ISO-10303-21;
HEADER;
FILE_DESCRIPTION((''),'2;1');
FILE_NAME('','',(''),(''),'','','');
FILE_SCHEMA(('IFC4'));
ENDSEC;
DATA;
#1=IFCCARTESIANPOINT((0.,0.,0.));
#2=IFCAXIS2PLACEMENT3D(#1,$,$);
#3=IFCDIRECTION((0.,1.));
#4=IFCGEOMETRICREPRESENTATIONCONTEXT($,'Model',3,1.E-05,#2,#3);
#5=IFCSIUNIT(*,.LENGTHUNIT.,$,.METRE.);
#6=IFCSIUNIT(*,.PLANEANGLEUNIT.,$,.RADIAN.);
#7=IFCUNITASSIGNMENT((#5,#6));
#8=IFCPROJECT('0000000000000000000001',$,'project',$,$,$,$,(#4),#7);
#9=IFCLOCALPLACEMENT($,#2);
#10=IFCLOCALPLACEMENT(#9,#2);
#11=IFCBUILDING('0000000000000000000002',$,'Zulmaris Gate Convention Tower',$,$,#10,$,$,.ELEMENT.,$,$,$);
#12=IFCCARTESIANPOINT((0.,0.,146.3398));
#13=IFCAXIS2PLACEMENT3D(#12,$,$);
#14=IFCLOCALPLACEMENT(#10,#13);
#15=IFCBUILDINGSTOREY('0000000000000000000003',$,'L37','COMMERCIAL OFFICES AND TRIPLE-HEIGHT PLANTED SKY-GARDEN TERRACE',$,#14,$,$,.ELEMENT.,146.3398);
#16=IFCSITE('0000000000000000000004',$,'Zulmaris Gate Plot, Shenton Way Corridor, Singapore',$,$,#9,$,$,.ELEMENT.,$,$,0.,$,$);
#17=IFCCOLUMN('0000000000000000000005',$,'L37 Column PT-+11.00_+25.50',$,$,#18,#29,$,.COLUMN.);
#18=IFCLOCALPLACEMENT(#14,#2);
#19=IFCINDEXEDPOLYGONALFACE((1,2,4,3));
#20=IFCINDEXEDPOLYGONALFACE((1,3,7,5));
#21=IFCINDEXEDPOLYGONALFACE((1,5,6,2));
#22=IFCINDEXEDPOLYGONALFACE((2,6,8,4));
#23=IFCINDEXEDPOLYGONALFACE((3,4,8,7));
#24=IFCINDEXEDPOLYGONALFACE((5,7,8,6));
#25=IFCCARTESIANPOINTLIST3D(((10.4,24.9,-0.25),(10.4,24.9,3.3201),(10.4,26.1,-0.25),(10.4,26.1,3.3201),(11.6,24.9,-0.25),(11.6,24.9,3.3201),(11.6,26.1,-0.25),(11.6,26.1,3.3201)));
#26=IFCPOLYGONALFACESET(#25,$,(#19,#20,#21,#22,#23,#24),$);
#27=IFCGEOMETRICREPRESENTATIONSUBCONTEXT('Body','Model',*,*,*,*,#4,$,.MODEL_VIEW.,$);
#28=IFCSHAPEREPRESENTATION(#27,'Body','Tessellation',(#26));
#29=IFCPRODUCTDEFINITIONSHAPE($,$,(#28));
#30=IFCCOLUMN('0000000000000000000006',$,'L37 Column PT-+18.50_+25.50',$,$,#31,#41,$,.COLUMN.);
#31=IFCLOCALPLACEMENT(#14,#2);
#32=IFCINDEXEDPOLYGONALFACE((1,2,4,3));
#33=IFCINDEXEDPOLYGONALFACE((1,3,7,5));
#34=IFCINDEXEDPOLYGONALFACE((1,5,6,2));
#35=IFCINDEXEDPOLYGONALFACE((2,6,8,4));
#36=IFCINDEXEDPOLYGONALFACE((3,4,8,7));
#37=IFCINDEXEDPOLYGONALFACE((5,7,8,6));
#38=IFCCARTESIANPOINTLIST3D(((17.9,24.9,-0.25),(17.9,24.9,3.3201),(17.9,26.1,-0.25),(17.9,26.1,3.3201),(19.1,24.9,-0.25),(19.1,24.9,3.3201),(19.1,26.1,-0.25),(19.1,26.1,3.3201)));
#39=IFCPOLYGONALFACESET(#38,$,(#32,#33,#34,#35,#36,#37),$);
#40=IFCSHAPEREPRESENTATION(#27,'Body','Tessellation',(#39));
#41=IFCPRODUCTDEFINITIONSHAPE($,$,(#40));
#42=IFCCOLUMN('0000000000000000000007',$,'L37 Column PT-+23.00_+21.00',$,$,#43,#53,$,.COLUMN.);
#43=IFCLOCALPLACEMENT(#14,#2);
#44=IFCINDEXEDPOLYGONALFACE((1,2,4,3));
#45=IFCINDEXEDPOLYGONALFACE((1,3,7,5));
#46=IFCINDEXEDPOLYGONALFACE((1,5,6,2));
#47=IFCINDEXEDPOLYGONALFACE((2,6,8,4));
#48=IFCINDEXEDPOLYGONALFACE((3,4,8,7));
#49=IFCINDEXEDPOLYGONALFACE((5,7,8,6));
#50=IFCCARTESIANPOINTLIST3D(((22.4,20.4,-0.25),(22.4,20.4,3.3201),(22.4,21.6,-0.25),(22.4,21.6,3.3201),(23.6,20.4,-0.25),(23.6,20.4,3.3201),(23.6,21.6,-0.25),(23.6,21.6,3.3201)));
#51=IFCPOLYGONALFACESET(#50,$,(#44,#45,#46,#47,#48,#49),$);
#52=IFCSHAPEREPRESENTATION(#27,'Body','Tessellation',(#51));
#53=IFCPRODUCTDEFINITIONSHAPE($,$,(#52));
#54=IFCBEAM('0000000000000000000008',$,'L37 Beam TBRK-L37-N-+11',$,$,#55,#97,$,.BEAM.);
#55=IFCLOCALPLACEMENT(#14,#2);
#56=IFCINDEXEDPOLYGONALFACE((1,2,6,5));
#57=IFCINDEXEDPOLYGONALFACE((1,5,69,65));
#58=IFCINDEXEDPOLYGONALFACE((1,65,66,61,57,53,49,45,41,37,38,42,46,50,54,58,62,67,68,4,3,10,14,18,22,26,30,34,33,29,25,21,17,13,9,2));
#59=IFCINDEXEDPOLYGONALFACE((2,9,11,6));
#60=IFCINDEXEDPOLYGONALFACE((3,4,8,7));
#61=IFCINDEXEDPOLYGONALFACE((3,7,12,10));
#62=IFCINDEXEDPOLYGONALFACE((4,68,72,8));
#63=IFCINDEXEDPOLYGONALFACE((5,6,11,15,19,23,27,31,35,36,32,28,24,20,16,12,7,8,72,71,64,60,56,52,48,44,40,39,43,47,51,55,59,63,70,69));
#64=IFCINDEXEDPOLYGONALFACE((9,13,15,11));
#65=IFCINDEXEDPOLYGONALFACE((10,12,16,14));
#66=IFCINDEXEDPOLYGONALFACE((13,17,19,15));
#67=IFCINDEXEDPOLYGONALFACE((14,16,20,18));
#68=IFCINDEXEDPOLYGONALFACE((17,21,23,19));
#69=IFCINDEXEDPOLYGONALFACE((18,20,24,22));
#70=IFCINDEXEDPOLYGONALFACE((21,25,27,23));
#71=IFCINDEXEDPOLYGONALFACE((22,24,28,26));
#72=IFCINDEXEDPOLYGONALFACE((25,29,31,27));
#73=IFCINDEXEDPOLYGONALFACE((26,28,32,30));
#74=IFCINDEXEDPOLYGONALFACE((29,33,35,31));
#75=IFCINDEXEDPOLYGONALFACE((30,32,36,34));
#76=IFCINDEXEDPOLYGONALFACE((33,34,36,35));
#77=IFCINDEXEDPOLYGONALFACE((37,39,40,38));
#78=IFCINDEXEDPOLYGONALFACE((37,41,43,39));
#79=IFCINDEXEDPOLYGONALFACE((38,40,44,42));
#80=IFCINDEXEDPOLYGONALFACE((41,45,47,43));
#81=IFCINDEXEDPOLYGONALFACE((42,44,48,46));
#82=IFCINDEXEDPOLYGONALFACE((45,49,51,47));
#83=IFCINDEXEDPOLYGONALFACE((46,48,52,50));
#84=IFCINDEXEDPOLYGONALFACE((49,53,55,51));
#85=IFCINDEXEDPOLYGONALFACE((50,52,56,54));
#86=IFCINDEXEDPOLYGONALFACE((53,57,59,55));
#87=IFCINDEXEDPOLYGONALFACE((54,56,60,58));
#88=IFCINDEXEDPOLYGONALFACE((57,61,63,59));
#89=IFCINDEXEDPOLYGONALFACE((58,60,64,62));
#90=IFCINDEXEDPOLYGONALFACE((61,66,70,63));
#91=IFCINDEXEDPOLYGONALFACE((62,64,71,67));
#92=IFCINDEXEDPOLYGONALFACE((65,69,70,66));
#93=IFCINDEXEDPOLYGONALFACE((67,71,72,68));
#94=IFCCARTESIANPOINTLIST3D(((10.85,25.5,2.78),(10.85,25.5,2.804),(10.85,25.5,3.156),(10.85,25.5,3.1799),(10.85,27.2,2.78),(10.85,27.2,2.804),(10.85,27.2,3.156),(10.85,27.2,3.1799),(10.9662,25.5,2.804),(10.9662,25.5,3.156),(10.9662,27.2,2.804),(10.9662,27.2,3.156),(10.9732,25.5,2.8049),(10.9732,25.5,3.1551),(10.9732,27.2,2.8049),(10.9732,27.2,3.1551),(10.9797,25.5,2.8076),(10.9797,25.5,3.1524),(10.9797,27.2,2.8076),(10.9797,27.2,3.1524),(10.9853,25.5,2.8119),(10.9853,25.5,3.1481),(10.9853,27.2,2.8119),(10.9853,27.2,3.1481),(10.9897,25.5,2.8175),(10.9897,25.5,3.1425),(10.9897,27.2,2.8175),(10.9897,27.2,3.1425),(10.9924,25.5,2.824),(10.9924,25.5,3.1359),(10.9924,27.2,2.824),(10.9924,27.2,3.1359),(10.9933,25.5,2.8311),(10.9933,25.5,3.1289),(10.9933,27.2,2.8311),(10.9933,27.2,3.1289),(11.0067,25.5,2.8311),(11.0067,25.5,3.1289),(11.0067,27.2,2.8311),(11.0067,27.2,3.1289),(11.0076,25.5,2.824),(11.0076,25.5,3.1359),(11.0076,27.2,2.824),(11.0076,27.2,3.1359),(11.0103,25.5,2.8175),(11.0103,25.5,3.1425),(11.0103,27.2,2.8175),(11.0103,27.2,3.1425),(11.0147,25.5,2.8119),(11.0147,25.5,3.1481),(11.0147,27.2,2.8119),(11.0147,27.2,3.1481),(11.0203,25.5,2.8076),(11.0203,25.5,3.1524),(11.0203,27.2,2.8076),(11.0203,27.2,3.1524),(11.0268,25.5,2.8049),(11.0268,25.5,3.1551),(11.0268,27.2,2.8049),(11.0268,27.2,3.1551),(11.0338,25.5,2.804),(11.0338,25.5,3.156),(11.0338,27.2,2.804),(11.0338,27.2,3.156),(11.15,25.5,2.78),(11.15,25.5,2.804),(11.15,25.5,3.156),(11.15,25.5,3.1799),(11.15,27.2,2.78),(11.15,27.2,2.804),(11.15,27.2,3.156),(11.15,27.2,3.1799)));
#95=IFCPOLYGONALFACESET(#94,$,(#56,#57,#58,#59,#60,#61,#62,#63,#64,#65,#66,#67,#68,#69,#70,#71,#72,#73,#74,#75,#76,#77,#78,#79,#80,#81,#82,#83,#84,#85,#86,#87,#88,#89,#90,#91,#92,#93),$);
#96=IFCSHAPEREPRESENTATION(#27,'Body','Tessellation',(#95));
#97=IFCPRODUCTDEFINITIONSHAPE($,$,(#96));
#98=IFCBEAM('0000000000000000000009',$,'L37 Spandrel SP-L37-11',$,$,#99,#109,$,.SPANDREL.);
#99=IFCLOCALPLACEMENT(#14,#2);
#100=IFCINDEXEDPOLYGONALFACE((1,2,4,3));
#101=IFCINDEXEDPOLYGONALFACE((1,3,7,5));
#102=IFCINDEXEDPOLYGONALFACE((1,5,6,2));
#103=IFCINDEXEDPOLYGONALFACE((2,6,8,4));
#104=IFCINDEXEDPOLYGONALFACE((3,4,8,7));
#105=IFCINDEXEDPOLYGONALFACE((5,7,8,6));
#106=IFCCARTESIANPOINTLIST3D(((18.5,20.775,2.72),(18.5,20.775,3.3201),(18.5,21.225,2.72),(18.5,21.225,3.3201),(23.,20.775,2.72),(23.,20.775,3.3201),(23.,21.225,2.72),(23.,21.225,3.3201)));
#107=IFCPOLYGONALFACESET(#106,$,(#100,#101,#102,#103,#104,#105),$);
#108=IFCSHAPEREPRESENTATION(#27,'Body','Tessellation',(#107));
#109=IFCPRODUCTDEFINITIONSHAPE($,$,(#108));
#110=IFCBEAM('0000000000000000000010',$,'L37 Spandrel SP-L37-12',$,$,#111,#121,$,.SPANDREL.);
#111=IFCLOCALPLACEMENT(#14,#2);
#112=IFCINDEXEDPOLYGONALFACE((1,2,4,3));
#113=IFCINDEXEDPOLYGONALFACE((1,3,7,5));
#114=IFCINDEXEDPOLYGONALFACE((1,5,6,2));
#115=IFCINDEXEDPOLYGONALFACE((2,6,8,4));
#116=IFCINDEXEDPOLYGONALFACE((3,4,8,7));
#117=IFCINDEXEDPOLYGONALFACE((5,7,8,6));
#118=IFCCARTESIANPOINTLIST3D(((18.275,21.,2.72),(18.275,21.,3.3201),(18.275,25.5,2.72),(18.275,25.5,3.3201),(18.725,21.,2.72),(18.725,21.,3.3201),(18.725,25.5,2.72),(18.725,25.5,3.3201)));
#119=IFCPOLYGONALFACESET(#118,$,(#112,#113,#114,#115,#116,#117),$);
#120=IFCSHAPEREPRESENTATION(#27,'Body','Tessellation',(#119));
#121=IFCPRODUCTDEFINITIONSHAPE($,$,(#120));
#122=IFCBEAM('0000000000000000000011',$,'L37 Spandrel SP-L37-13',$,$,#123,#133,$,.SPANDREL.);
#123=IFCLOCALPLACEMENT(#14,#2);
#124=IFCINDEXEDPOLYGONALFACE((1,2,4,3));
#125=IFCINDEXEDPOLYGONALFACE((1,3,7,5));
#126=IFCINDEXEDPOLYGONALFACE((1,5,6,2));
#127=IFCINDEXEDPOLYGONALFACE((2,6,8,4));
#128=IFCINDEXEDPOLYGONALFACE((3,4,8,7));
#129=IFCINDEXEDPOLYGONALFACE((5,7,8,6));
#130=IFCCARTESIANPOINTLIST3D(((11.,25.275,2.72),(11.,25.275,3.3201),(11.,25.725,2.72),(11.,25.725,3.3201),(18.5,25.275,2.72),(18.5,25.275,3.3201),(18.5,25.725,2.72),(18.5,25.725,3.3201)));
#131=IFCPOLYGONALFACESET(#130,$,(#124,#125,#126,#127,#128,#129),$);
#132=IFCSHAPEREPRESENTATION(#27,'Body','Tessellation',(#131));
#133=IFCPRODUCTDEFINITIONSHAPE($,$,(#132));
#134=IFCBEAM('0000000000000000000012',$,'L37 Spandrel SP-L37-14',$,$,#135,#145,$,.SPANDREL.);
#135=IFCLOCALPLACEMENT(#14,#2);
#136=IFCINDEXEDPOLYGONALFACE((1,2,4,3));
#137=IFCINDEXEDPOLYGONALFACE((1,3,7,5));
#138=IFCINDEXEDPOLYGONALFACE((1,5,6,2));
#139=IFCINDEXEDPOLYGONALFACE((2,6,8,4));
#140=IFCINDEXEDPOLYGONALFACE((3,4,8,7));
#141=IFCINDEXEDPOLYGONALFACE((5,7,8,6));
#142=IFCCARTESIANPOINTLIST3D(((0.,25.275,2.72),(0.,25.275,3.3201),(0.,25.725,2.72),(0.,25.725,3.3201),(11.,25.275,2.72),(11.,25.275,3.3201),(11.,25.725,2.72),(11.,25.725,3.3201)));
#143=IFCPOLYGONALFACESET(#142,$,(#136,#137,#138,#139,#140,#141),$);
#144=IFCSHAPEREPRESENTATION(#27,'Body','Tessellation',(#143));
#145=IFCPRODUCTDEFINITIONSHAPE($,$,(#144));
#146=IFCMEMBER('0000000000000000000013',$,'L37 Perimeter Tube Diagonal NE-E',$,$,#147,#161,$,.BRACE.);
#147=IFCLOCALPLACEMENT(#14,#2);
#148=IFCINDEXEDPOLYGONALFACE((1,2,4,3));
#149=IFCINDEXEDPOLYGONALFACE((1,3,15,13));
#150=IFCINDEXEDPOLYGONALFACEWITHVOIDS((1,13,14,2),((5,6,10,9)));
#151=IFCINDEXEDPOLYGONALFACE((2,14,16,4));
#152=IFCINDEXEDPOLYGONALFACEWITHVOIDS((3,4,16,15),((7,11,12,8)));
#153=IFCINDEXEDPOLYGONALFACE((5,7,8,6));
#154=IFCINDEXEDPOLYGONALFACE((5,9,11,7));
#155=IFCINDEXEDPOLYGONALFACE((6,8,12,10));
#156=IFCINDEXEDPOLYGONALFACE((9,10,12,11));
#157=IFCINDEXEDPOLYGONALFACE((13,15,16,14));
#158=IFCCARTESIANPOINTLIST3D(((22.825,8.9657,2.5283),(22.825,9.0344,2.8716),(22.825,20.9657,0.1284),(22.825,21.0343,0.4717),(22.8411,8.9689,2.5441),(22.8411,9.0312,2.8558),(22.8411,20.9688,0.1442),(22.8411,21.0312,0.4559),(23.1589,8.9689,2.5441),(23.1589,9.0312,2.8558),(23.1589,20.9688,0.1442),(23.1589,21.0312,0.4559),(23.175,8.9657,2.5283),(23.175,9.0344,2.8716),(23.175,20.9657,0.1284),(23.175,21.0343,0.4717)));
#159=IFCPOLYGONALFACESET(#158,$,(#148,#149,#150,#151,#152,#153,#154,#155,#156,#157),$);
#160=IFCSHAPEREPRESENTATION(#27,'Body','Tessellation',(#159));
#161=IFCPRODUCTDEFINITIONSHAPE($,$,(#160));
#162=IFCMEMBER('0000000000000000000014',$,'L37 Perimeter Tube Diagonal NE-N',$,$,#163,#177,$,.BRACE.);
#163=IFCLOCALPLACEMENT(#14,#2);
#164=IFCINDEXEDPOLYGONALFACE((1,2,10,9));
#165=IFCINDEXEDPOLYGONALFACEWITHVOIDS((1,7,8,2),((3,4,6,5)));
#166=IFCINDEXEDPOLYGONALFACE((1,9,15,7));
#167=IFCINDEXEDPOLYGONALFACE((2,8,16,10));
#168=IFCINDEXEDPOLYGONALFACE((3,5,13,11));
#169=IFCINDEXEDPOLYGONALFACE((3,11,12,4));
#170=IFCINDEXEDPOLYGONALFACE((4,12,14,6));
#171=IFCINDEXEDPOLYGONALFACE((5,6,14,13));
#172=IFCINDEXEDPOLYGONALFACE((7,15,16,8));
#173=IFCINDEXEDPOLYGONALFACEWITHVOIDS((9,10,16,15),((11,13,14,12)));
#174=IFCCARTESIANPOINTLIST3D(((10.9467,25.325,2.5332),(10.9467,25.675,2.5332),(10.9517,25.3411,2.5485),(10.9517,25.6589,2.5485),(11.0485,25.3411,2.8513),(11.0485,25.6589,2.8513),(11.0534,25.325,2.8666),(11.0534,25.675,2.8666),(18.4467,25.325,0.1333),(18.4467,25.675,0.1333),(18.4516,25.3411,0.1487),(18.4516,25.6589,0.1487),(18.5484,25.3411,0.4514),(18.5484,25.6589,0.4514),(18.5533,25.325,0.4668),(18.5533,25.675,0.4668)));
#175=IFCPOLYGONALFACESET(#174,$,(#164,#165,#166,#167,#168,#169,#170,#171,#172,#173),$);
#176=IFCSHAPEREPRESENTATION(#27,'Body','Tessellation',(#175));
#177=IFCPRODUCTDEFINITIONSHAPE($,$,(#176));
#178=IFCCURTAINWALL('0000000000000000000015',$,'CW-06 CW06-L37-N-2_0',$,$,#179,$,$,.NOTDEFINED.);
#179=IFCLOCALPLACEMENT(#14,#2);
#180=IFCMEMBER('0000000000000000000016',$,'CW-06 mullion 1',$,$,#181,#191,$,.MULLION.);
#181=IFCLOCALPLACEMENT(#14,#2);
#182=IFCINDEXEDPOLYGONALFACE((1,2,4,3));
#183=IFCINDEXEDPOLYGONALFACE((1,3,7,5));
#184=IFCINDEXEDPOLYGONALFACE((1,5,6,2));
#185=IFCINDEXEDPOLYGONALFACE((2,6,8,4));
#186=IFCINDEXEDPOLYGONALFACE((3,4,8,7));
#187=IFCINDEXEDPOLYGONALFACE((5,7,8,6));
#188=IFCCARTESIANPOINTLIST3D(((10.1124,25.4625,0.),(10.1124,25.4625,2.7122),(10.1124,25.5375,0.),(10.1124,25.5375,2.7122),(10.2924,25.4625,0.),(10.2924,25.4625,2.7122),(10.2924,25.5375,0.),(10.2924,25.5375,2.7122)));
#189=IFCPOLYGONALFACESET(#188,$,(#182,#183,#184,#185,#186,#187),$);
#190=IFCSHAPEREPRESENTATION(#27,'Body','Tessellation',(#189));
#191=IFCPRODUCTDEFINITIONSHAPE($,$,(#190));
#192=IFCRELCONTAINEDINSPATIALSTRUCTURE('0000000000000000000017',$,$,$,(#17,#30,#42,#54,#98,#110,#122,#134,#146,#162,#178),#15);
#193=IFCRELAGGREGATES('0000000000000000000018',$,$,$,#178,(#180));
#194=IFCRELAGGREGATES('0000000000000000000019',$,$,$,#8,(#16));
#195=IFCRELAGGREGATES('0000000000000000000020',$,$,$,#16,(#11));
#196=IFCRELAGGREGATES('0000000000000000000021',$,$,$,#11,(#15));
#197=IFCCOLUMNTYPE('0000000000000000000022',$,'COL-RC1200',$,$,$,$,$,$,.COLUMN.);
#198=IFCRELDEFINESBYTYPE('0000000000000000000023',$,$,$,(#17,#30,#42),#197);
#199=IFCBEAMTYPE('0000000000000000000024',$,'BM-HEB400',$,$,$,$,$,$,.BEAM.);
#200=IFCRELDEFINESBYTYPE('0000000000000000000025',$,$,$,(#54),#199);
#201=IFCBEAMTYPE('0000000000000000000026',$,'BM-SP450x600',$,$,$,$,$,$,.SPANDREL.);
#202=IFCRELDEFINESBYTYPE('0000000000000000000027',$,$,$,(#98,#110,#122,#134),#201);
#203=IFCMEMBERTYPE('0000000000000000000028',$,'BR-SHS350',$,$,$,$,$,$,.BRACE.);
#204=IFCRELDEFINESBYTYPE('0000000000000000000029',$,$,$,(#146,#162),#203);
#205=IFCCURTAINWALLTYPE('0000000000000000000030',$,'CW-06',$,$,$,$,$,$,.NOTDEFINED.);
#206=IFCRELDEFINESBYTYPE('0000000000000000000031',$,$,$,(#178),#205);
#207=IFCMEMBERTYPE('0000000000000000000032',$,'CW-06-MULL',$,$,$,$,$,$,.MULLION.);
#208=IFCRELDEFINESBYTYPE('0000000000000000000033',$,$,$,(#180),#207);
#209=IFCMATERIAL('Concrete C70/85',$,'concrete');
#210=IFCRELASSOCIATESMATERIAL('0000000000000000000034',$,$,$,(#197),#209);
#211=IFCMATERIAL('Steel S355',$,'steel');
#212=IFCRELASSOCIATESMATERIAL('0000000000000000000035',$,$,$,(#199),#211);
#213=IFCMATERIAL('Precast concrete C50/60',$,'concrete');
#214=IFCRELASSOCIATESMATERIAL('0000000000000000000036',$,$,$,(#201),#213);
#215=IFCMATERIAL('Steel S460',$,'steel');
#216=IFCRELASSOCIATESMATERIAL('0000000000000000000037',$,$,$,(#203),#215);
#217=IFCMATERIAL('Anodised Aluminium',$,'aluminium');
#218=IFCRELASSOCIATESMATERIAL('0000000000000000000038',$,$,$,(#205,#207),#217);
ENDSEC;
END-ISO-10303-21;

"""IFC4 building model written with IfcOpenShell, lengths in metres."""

from ifc_helpers import new_model, si_unit, direction, frame, origin, origin_2d, place, context, subcontext, project, spatial, rectangle, hollow_rectangle, i_section, extrude, material, material_profile, profile_set, type_object, element, aggregate, save


model = new_model("IFC4")

# Units and contexts
model_context = context("Model", 3, precision=1e-05, world=origin(), true_north=direction((0.0, 1.0)))
body_context = subcontext(model_context, "Body", "Model", "MODEL_VIEW")
ifc_project = project(units=[si_unit("LENGTHUNIT", "METRE"), si_unit("PLANEANGLEUNIT", "RADIAN")], contexts=[model_context])

# Site, building, storey
site_placement = place(None, origin())
site = spatial("IfcSite", under=ifc_project, at=site_placement, Name="Zulmaris Gate Plot, Shenton Way Corridor, Singapore", CompositionType="ELEMENT", RefElevation=0.0)
building_placement = place(site_placement, origin())
building = spatial("IfcBuilding", under=site, at=building_placement, Name="Zulmaris Gate Convention Tower", CompositionType="ELEMENT")
storey_placement = place(building_placement, frame((0.0, 0.0, 146.3398)))
storey = spatial("IfcBuildingStorey", under=building, at=storey_placement, Name="L37", Description="COMMERCIAL OFFICES AND TRIPLE-HEIGHT PLANTED SKY-GARDEN TERRACE", CompositionType="ELEMENT", Elevation=146.3398)

# Columns
ifc_material_1 = material(Name="Concrete C70/85", Category="concrete")
ifc_material_profile_1 = material_profile(ifc_material_1, rectangle(XDim=1.2, YDim=1.2, at=origin_2d()), Name="RC COL 1200x1200")
ifc_profile_set_1 = profile_set([ifc_material_profile_1], Name="Concrete C70/85")
column_type = type_object("IfcColumnType", Name="COL-RC1200", PredefinedType="COLUMN", material=ifc_profile_set_1)
for number, where, z_axis, x_axis, name in (
    (1, (11.0, 25.5, -0.25), (0.0, 0.0, 1.0), (1.0, 0.0, 0.0), "L37 Column PT-+11.00_+25.50"),
    (2, (18.5, 25.5, -0.25), (0.0, 0.0, 1.0), (1.0, 0.0, 0.0), "L37 Column PT-+18.50_+25.50"),
    (3, (23.0, 21.0, -0.25), (0.0, 0.0, 1.0), (1.0, 0.0, 0.0), "L37 Column PT-+23.00_+21.00"),
):
    element("IfcColumn", number, at=place(storey_placement, frame(where, z_axis=z_axis, x_axis=x_axis)), inside=storey, type_object=column_type, Name=name, PredefinedType="COLUMN", context=body_context, shape_type="SweptSolid", body=[
        extrude(rectangle(XDim=1.2, YDim=1.2, at=origin_2d()), origin(), (0.0, 0.0, 1.0), 3.5701),
    ])

# Beams
ifc_material_2 = material(Name="Steel S355", Category="steel")
ifc_material_profile_2 = material_profile(ifc_material_2, i_section(OverallWidth=0.3, OverallDepth=0.3999, WebThickness=0.0134, FlangeThickness=0.0239, FilletRadius=0.0271, at=origin_2d()), Name="HEB 400")
ifc_profile_set_2 = profile_set([ifc_material_profile_2], Name="Steel S355")
beam_type_1 = type_object("IfcBeamType", Name="BM-HEB400", PredefinedType="BEAM", material=ifc_profile_set_2)
beam_1_placement = place(storey_placement, frame((11.0, 25.5, 2.98), z_axis=(0.0, 1.0, 0.0), x_axis=(-1.0, 0.0, 0.0)))
element("IfcBeam", 4, at=beam_1_placement, inside=storey, type_object=beam_type_1, Name="L37 Beam TBRK-L37-N-+11", PredefinedType="BEAM", context=body_context, shape_type="SweptSolid", body=[
    extrude(i_section(OverallWidth=0.3, OverallDepth=0.3999, WebThickness=0.0134, FlangeThickness=0.0239, FilletRadius=0.0271, at=origin_2d()), origin(), (0.0, 0.0, 1.0), 1.7),
])
ifc_material_3 = material(Name="Precast concrete C50/60", Category="concrete")
ifc_material_profile_3 = material_profile(ifc_material_3, rectangle(XDim=0.45, YDim=0.6001, at=origin_2d()), Name="RC SPANDREL 450x600")
ifc_profile_set_3 = profile_set([ifc_material_profile_3], Name="Precast concrete C50/60")
beam_type_2 = type_object("IfcBeamType", Name="BM-SP450x600", PredefinedType="SPANDREL", material=ifc_profile_set_3)
for number, where, z_axis, x_axis, name in (
    (5, (23.0, 21.0, 3.02), (-1.0, 0.0, 0.0), (0.0, -1.0, 0.0), "L37 Spandrel SP-L37-11"),
    (6, (18.5, 21.0, 3.02), (0.0, 1.0, 0.0), (-1.0, 0.0, 0.0), "L37 Spandrel SP-L37-12"),
):
    element("IfcBeam", number, at=place(storey_placement, frame(where, z_axis=z_axis, x_axis=x_axis)), inside=storey, type_object=beam_type_2, Name=name, PredefinedType="SPANDREL", context=body_context, shape_type="SweptSolid", body=[
        extrude(rectangle(XDim=0.45, YDim=0.6001, at=origin_2d()), origin(), (0.0, 0.0, 1.0), 4.5),
    ])
beam_2_placement = place(storey_placement, frame((18.5, 25.5, 3.02), z_axis=(-1.0, 0.0, 0.0), x_axis=(0.0, -1.0, 0.0)))
element("IfcBeam", 7, at=beam_2_placement, inside=storey, type_object=beam_type_2, Name="L37 Spandrel SP-L37-13", PredefinedType="SPANDREL", context=body_context, shape_type="SweptSolid", body=[
    extrude(rectangle(XDim=0.45, YDim=0.6001, at=origin_2d()), origin(), (0.0, 0.0, 1.0), 7.5),
])
beam_3_placement = place(storey_placement, frame((11.0, 25.5, 3.02), z_axis=(-1.0, 0.0, 0.0), x_axis=(0.0, -1.0, 0.0)))
element("IfcBeam", 8, at=beam_3_placement, inside=storey, type_object=beam_type_2, Name="L37 Spandrel SP-L37-14", PredefinedType="SPANDREL", context=body_context, shape_type="SweptSolid", body=[
    extrude(rectangle(XDim=0.45, YDim=0.6001, at=origin_2d()), origin(), (0.0, 0.0, 1.0), 11.0),
])

# Members
ifc_material_4 = material(Name="Steel S460", Category="steel")
ifc_material_profile_4 = material_profile(ifc_material_4, hollow_rectangle(XDim=0.3501, YDim=0.3501, WallThickness=0.0161, at=origin_2d()), Name="SHS 350x350x16")
ifc_profile_set_4 = profile_set([ifc_material_profile_4], Name="Steel S460")
member_type_1 = type_object("IfcMemberType", Name="BR-SHS350", PredefinedType="BRACE", material=ifc_profile_set_4)
member_1_placement = place(storey_placement, frame((23.0, 21.0, 0.3), z_axis=(0.0, -0.980582, 0.196108), x_axis=(1.0, 0.0, 0.0)))
element("IfcMember", 9, at=member_1_placement, inside=storey, type_object=member_type_1, Name="L37 Perimeter Tube Diagonal NE-E", PredefinedType="BRACE", context=body_context, shape_type="SweptSolid", body=[
    extrude(hollow_rectangle(XDim=0.3501, YDim=0.3501, WallThickness=0.0161, at=origin_2d()), origin(), (0.0, 0.0, 1.0), 12.2375),
])
member_2_placement = place(storey_placement, frame((18.5, 25.5, 0.3), z_axis=(-0.952428, 0.0, 0.304764), x_axis=(0.0, -1.0, 0.0)))
element("IfcMember", 10, at=member_2_placement, inside=storey, type_object=member_type_1, Name="L37 Perimeter Tube Diagonal NE-N", PredefinedType="BRACE", context=body_context, shape_type="SweptSolid", body=[
    extrude(hollow_rectangle(XDim=0.3501, YDim=0.3501, WallThickness=0.0161, at=origin_2d()), origin(), (0.0, 0.0, 1.0), 7.8745),
])

# Curtain wall, member
ifc_material_5 = material(Name="Anodised Aluminium", Category="aluminium")
curtain_wall_type = type_object("IfcCurtainWallType", Name="CW-06", PredefinedType="NOTDEFINED", material=ifc_material_5)
curtain_wall_placement = place(storey_placement, origin())
curtain_wall = element("IfcCurtainWall", 11, at=curtain_wall_placement, inside=storey, type_object=curtain_wall_type, Name="CW-06 CW06-L37-N-2_0", PredefinedType="NOTDEFINED")
ifc_material_profile_5 = material_profile(ifc_material_5, rectangle(XDim=0.075, YDim=0.1799, at=origin_2d()), Name="ALU MULLION 75x180")
ifc_profile_set_5 = profile_set([ifc_material_profile_5], Name="Anodised Aluminium")
member_type_2 = type_object("IfcMemberType", Name="CW-06-MULL", PredefinedType="MULLION", material=ifc_profile_set_5)
member_3_placement = place(storey_placement, frame((10.2024, 25.5, 0.0), z_axis=(0.0, 0.0, 1.0), x_axis=(0.0, -1.0, 0.0)))
member_3 = element("IfcMember", 12, at=member_3_placement, type_object=member_type_2, Name="CW-06 mullion 1", PredefinedType="MULLION", context=body_context, shape_type="SweptSolid", body=[
    extrude(rectangle(XDim=0.075, YDim=0.1799, at=origin_2d()), origin(), (0.0, 0.0, 1.0), 2.7122),
])
aggregate(curtain_wall, [member_3])

save(model, "model.ifc")
